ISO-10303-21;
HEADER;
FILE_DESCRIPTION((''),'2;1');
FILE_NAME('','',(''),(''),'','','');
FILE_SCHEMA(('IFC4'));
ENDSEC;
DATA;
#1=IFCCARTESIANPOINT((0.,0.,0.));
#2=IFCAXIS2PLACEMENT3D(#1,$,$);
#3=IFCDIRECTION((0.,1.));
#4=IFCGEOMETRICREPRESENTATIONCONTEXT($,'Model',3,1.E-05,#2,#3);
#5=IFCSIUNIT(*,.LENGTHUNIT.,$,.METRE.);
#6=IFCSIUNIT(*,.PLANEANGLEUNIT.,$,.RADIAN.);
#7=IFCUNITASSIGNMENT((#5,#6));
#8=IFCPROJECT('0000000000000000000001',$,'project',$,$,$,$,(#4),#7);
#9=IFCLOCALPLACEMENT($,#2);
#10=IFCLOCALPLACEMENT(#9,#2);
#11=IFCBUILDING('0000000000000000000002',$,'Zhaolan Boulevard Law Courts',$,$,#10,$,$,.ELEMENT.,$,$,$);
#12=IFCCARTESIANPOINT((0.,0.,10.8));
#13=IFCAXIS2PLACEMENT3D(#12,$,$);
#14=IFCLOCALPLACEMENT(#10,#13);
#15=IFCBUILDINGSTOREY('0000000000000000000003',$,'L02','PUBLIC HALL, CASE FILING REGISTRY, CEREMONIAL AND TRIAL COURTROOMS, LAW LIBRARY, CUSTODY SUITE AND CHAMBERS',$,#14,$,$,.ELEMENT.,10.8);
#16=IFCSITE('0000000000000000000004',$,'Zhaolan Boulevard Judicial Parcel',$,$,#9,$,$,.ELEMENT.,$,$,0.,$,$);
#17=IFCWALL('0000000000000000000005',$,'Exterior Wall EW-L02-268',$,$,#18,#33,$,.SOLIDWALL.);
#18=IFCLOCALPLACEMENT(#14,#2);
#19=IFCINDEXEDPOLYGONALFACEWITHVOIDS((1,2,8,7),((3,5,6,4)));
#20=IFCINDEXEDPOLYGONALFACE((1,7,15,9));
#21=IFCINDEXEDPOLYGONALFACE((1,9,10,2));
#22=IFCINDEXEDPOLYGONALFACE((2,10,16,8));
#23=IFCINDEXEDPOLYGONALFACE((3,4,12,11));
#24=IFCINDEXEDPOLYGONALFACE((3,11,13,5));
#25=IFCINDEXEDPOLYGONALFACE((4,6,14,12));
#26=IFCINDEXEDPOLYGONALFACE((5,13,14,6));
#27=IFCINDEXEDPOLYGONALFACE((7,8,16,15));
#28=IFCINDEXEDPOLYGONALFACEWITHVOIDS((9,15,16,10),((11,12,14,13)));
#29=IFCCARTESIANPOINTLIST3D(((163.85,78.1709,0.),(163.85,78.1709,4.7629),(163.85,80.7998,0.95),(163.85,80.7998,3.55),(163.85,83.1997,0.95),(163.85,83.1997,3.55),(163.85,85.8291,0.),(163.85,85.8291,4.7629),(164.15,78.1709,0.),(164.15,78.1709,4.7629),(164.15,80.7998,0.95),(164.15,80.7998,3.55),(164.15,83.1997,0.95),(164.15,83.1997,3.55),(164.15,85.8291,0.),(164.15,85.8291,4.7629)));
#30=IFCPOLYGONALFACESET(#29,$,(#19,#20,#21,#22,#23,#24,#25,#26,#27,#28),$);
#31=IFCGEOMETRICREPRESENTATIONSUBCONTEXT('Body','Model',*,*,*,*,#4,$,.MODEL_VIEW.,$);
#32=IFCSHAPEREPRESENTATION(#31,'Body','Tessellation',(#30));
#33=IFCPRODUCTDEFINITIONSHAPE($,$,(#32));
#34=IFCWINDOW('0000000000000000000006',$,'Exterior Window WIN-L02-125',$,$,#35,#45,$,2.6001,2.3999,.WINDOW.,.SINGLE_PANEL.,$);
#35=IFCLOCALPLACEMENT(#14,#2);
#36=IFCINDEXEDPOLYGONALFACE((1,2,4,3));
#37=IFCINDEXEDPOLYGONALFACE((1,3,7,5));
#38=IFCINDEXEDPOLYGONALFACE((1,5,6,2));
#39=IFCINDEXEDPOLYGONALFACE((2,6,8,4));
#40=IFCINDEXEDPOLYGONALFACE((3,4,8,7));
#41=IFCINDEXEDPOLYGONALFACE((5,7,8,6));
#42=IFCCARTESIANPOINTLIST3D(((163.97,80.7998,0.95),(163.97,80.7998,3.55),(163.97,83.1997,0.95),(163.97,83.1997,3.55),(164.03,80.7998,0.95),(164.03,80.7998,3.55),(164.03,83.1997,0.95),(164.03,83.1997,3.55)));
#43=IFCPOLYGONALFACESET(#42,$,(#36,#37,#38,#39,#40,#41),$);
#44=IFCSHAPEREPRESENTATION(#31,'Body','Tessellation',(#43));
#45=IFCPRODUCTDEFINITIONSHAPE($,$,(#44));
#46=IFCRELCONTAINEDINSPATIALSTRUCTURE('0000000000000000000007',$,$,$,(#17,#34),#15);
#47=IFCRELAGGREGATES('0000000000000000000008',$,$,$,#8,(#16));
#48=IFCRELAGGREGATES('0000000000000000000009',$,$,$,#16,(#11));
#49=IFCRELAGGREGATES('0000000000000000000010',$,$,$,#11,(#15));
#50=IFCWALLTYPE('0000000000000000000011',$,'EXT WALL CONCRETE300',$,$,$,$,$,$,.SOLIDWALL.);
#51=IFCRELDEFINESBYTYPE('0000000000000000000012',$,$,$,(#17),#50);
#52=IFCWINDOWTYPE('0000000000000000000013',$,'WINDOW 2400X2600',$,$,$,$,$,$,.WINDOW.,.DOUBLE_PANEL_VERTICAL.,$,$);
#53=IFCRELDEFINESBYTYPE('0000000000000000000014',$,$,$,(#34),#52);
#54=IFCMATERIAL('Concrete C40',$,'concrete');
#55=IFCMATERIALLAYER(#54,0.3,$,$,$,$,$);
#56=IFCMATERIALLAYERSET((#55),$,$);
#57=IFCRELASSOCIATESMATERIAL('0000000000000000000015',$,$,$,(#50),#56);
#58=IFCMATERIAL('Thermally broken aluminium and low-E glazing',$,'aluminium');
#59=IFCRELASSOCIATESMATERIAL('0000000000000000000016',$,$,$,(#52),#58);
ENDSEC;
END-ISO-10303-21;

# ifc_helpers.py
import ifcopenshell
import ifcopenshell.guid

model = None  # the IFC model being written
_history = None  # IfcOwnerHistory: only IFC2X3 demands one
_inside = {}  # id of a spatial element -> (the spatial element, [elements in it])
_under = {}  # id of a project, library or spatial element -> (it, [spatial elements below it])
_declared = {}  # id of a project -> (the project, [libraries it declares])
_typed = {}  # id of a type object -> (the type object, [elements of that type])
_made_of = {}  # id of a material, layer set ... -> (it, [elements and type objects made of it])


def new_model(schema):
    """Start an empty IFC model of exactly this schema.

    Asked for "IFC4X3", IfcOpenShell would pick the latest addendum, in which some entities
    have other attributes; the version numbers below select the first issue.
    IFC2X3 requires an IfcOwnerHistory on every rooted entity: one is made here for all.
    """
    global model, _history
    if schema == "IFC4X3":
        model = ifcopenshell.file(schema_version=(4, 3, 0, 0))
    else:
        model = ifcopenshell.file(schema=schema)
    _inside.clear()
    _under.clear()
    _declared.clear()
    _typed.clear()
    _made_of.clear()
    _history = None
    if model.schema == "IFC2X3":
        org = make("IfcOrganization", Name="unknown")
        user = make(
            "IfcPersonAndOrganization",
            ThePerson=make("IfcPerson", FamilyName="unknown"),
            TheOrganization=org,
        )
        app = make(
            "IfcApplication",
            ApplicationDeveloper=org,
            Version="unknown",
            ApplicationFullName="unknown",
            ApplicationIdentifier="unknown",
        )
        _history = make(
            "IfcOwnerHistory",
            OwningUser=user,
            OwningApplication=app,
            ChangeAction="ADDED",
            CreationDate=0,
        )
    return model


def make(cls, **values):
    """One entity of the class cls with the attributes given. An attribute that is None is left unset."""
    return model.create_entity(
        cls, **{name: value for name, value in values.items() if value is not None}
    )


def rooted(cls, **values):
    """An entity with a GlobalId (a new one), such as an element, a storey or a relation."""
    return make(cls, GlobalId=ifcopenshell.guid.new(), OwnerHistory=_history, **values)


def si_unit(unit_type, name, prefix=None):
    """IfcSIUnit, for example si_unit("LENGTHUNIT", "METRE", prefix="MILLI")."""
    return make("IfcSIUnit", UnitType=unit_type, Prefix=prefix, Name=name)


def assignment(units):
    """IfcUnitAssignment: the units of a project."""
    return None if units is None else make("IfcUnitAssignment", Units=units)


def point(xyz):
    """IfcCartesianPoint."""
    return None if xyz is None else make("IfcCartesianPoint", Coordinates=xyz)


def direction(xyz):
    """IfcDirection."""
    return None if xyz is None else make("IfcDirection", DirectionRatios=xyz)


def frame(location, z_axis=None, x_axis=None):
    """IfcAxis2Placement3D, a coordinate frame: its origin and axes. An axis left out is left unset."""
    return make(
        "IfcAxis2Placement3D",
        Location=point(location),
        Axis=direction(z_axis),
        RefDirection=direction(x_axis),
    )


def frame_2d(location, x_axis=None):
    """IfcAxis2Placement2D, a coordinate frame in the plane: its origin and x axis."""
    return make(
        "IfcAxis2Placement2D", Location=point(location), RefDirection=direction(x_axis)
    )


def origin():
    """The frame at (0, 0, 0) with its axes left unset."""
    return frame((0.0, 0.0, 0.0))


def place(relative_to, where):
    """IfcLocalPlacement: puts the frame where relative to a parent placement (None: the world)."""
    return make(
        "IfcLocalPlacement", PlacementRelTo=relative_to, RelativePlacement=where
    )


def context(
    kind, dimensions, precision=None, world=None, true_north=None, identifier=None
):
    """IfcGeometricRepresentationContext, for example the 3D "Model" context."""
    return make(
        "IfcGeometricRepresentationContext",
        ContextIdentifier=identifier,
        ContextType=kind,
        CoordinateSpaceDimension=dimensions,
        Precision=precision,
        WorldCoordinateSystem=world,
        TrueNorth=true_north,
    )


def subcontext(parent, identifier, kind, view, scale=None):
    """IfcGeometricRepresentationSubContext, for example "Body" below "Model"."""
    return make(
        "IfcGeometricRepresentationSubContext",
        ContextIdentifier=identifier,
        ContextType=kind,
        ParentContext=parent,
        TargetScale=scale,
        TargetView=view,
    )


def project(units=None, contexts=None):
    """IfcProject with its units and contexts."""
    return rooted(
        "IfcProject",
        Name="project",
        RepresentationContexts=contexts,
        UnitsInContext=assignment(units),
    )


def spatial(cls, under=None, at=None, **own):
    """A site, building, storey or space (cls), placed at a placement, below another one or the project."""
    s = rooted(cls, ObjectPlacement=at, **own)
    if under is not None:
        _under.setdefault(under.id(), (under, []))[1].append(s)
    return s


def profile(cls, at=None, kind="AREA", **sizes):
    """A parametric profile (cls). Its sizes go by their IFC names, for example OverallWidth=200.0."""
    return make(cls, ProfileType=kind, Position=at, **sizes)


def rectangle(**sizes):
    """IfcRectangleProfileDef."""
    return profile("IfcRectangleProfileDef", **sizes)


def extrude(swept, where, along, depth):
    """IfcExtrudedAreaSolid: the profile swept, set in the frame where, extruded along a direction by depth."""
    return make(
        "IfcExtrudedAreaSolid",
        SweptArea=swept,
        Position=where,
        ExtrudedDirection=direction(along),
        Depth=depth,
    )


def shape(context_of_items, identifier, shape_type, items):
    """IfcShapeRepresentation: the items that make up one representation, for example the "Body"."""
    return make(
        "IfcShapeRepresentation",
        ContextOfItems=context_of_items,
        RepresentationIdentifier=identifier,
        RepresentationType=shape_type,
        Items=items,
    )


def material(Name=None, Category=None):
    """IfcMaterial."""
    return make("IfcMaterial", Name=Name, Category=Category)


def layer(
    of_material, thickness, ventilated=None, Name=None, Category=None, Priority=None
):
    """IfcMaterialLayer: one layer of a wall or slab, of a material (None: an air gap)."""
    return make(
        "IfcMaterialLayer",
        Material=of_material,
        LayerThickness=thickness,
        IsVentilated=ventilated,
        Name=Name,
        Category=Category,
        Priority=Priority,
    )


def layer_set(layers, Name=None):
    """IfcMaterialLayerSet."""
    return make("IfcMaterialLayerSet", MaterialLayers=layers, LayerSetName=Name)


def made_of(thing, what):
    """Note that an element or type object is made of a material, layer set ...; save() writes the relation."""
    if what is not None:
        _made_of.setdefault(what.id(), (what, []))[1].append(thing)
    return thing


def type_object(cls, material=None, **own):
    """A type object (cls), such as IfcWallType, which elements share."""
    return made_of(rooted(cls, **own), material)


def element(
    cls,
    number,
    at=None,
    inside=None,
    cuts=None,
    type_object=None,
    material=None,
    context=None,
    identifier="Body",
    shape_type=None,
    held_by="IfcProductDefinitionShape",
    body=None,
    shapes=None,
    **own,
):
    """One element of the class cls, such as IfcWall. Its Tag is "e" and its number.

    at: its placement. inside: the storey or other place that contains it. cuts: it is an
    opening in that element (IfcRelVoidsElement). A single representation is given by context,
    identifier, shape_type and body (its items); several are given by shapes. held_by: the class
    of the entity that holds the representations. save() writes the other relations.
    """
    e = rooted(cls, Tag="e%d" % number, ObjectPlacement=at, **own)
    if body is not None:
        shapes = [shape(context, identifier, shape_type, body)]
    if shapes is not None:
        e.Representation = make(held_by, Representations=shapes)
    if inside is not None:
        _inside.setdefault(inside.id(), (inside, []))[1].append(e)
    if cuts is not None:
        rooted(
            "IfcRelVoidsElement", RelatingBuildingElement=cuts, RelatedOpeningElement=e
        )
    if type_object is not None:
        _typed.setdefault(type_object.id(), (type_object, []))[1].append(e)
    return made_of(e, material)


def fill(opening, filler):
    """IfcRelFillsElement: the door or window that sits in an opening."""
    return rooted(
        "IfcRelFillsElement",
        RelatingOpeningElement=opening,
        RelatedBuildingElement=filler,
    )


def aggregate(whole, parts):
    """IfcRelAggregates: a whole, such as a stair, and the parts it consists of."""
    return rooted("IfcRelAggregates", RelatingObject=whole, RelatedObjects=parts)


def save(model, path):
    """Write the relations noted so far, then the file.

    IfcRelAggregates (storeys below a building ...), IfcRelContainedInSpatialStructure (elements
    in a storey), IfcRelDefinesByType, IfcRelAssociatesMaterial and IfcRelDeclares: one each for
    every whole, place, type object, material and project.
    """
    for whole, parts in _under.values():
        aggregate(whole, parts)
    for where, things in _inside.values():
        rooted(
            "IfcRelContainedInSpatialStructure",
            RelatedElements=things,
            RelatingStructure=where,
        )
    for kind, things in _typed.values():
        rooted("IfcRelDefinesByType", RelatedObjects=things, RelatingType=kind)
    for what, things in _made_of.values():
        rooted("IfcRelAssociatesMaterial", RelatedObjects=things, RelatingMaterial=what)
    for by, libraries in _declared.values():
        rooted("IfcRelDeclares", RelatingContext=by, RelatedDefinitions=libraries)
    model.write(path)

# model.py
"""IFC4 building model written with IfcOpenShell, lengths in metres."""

from ifc_helpers import new_model, si_unit, direction, frame, frame_2d, origin, place, context, subcontext, project, spatial, rectangle, extrude, material, layer, layer_set, type_object, element, fill, save


model = new_model("IFC4")

# Units and contexts
model_context = context("Model", 3, precision=1e-05, world=origin(), true_north=direction((0.0, 1.0)))
body_context = subcontext(model_context, "Body", "Model", "MODEL_VIEW")
ifc_project = project(units=[si_unit("LENGTHUNIT", "METRE"), si_unit("PLANEANGLEUNIT", "RADIAN")], contexts=[model_context])

# Site, building, storey
site_placement = place(None, origin())
site = spatial("IfcSite", under=ifc_project, at=site_placement, Name="Zhaolan Boulevard Judicial Parcel", CompositionType="ELEMENT", RefElevation=0.0)
building_placement = place(site_placement, origin())
building = spatial("IfcBuilding", under=site, at=building_placement, Name="Zhaolan Boulevard Law Courts", CompositionType="ELEMENT")
storey_placement = place(building_placement, frame((0.0, 0.0, 10.8)))
storey = spatial("IfcBuildingStorey", under=building, at=storey_placement, Name="L02", Description="PUBLIC HALL, CASE FILING REGISTRY, CEREMONIAL AND TRIAL COURTROOMS, LAW LIBRARY, CUSTODY SUITE AND CHAMBERS", CompositionType="ELEMENT", Elevation=10.8)

# Wall, opening, window
ifc_material_1 = material(Name="Concrete C40", Category="concrete")
ifc_layer_1 = layer(ifc_material_1, 0.3)
ifc_layer_set_1 = layer_set([ifc_layer_1])
wall_type_1 = type_object("IfcWallType", Name="EXT WALL CONCRETE300", PredefinedType="SOLIDWALL", material=ifc_layer_set_1)
wall_1_placement = place(storey_placement, frame((164.0, 78.1709, 0.0), z_axis=(0.0, 0.0, 1.0), x_axis=(0.0, 1.0, 0.0)))
wall_1 = element("IfcWall", 1, at=wall_1_placement, inside=storey, type_object=wall_type_1, Name="Exterior Wall EW-L02-268", PredefinedType="SOLIDWALL", context=body_context, shape_type="SweptSolid", body=[
    extrude(rectangle(XDim=7.6582, YDim=0.3, at=frame_2d((3.8291, 0.0))), origin(), (0.0, 0.0, 1.0), 4.7629),
])
opening_placement = place(wall_1_placement, frame((2.6289, 0.0, 0.95)))
opening = element("IfcOpeningElement", 2, at=opening_placement, cuts=wall_1, PredefinedType="OPENING", context=body_context, shape_type="SweptSolid", body=[
    extrude(rectangle(XDim=2.3999, YDim=2.6001, at=frame_2d((1.2, 1.3))), frame((0.0, 0.1599, 0.0), z_axis=(0.0, -1.0, 0.0), x_axis=(1.0, 0.0, 0.0)), (0.0, 0.0, 1.0), 0.3201),
])
ifc_material_2 = material(Name="Thermally broken aluminium and low-E glazing", Category="aluminium")
window_type = type_object("IfcWindowType", Name="WINDOW 2400X2600", PartitioningType="DOUBLE_PANEL_VERTICAL", PredefinedType="WINDOW", material=ifc_material_2)
window_placement = place(opening_placement, origin())
window = element("IfcWindow", 3, at=window_placement, inside=storey, type_object=window_type, Name="Exterior Window WIN-L02-125", OverallHeight=2.6001, OverallWidth=2.3999, PartitioningType="SINGLE_PANEL", PredefinedType="WINDOW", context=body_context, shape_type="SweptSolid", body=[
    extrude(rectangle(XDim=2.3999, YDim=2.6001, at=frame_2d((1.2, 1.3))), frame((0.0, 0.03, 0.0), z_axis=(0.0, -1.0, 0.0), x_axis=(1.0, 0.0, 0.0)), (0.0, 0.0, 1.0), 0.0601),
])
fill(opening, window)

save(model, "model.ifc")
